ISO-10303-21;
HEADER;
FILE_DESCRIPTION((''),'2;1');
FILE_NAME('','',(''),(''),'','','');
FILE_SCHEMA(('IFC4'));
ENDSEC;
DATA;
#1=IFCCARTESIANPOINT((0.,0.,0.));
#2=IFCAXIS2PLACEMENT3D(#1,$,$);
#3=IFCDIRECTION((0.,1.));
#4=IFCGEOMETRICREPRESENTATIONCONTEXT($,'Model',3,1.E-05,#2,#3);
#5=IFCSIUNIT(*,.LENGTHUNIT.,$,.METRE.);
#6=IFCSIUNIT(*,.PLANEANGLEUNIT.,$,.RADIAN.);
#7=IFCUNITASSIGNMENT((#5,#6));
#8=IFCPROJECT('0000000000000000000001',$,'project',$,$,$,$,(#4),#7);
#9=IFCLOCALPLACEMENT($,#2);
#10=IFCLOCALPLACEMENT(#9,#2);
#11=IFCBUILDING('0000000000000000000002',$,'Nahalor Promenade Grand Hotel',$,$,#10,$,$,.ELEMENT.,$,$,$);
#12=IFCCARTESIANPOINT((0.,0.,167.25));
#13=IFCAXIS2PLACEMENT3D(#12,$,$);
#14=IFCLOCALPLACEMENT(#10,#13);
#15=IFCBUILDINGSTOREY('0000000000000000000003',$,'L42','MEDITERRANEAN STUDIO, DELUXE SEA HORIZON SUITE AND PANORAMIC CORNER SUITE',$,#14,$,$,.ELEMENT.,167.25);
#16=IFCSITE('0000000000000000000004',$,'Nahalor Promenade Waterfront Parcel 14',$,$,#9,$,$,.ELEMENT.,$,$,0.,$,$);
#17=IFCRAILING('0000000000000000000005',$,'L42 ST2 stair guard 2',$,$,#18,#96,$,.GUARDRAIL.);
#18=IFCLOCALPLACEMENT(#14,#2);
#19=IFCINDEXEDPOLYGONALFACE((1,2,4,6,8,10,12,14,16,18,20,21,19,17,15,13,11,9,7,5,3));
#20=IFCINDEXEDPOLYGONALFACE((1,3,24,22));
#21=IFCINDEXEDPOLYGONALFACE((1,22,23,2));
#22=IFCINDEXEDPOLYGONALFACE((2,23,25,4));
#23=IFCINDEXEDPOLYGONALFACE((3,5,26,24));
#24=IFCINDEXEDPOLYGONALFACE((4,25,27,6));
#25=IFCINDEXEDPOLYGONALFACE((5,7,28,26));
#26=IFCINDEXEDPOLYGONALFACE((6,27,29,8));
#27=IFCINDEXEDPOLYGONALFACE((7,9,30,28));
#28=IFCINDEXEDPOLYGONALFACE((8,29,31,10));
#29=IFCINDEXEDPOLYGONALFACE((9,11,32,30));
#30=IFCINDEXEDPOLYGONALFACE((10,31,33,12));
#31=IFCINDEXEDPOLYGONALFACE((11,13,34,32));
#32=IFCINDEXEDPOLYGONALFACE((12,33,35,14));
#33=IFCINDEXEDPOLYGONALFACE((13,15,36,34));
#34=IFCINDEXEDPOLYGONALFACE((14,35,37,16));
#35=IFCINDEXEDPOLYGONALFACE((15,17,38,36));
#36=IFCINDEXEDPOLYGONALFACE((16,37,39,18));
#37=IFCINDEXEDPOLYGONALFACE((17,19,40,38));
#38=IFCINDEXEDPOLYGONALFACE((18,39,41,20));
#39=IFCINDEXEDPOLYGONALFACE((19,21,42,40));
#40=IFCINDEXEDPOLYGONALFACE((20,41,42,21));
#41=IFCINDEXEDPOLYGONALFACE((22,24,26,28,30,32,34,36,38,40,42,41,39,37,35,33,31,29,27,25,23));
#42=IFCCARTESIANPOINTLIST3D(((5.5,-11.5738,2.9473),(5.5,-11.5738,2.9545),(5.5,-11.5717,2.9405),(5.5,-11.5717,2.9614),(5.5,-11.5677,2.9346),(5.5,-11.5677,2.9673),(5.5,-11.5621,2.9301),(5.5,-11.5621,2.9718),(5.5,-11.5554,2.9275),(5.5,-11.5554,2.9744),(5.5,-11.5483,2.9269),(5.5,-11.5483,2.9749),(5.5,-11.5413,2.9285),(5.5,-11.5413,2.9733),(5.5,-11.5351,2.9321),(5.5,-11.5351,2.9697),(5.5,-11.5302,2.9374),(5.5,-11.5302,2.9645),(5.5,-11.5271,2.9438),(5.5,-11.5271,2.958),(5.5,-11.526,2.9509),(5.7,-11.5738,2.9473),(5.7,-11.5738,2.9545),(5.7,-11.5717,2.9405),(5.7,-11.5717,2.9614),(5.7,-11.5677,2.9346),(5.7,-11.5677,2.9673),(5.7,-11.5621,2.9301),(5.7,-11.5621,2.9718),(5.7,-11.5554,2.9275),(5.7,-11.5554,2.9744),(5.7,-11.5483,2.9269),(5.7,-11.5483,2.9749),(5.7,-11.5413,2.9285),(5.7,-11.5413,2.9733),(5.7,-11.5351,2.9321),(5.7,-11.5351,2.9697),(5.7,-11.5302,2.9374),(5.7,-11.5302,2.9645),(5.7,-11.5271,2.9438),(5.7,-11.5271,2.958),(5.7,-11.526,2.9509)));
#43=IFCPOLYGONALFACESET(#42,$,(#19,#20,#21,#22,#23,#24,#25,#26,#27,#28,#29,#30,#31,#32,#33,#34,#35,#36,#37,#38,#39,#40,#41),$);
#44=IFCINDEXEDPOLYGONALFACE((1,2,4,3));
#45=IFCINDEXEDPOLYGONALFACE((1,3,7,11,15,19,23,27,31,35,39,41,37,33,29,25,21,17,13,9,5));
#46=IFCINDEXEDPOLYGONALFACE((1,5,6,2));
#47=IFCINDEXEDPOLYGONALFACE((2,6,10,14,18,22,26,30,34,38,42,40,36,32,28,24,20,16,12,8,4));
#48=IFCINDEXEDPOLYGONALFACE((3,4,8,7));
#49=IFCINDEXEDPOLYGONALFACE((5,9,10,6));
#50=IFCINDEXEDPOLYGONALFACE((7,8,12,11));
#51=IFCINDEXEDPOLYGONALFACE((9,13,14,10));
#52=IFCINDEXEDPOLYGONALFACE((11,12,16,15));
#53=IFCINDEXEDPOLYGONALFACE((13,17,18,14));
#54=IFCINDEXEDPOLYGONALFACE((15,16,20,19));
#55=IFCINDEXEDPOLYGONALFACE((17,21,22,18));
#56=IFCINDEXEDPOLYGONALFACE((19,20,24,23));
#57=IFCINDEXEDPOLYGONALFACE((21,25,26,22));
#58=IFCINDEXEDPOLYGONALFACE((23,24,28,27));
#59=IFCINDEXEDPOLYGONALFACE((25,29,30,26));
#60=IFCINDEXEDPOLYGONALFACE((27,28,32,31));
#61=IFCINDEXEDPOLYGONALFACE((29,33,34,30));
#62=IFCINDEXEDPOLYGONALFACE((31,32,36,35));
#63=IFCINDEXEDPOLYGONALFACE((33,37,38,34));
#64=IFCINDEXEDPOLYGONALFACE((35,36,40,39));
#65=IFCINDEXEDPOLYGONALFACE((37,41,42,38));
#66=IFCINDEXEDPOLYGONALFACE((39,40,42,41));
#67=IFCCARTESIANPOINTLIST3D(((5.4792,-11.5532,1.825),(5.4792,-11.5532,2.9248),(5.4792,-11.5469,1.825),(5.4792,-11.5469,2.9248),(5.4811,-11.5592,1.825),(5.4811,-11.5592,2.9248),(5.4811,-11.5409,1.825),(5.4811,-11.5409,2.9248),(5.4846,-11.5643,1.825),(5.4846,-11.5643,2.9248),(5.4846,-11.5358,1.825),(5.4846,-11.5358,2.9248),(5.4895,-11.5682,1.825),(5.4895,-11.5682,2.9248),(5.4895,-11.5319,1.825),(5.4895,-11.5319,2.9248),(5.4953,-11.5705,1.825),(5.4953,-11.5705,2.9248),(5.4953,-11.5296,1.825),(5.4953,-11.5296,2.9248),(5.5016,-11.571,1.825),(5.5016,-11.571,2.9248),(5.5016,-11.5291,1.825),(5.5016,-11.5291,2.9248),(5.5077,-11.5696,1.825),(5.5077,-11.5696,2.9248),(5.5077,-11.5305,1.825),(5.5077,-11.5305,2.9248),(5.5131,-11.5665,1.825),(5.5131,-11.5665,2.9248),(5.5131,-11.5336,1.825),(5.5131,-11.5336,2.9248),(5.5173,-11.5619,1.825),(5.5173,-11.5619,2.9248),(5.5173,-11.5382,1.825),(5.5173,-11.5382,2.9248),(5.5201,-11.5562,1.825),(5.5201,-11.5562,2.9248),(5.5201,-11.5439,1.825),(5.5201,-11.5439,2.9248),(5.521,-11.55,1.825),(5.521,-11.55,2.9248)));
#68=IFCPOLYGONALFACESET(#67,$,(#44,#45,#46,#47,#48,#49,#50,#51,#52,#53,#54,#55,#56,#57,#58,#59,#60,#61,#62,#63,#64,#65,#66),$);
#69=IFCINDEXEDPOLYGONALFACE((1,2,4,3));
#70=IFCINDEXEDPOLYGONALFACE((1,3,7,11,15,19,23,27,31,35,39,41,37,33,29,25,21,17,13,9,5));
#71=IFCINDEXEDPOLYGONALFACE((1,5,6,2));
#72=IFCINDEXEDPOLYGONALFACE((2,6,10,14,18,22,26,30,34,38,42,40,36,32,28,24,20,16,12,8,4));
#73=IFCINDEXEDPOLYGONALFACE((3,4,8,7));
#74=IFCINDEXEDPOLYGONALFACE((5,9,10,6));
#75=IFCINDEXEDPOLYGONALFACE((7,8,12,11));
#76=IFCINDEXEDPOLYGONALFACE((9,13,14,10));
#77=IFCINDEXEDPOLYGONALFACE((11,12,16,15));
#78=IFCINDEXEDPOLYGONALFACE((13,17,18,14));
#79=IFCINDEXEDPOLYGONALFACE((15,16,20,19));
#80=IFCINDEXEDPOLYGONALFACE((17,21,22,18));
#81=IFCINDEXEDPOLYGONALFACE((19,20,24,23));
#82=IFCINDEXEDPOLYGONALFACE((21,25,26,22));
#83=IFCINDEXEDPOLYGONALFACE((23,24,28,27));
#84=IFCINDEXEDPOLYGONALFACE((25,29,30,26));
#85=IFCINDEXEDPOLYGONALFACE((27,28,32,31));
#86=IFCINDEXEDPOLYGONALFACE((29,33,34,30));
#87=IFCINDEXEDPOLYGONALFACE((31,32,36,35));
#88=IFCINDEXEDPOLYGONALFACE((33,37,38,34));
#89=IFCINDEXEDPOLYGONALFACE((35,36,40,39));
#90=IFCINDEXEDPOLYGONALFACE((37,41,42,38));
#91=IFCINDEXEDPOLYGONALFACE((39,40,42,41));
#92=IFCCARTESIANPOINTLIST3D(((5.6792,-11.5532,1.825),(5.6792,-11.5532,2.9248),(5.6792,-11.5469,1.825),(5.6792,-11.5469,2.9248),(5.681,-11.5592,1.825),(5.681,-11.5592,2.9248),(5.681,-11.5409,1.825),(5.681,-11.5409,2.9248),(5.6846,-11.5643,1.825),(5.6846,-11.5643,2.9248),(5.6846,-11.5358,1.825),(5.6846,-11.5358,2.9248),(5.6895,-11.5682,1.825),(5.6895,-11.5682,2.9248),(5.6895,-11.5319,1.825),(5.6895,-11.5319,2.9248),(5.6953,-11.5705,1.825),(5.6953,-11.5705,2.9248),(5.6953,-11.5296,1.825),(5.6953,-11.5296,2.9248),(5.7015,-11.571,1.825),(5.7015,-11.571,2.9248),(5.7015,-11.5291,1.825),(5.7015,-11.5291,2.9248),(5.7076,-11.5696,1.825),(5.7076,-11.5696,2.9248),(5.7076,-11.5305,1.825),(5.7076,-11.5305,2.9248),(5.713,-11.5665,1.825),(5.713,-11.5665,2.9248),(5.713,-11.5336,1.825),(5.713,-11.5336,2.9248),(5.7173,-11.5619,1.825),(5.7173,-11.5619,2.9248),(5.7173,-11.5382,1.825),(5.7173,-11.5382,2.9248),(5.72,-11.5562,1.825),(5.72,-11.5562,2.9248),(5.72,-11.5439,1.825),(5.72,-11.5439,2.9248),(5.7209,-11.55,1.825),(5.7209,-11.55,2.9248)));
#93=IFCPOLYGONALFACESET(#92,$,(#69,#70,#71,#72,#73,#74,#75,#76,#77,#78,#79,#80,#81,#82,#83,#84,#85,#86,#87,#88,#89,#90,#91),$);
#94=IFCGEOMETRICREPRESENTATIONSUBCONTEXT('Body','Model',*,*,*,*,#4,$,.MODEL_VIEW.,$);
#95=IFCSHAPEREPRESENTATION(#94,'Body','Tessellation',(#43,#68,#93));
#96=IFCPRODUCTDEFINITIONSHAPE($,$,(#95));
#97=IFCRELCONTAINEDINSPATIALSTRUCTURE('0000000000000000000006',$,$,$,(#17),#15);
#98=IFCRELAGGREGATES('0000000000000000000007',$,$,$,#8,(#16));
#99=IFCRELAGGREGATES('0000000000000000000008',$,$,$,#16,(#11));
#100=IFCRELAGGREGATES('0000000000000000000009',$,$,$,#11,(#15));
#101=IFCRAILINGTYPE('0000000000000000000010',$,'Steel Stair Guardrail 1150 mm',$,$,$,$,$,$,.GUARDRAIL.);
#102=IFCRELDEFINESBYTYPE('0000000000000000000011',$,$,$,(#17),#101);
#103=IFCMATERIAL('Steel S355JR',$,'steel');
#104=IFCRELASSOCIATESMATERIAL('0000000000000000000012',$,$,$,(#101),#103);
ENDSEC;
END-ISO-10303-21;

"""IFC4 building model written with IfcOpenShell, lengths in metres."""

from ifc_helpers import new_model, si_unit, direction, frame, origin, origin_2d, place, context, subcontext, project, spatial, circle, extrude, material, type_object, element, save


model = new_model("IFC4")

# Units and contexts
model_context = context("Model", 3, precision=1e-05, world=origin(), true_north=direction((0.0, 1.0)))
body_context = subcontext(model_context, "Body", "Model", "MODEL_VIEW")
ifc_project = project(units=[si_unit("LENGTHUNIT", "METRE"), si_unit("PLANEANGLEUNIT", "RADIAN")], contexts=[model_context])

# Site, building, storey
site_placement = place(None, origin())
site = spatial("IfcSite", under=ifc_project, at=site_placement, Name="Nahalor Promenade Waterfront Parcel 14", CompositionType="ELEMENT", RefElevation=0.0)
building_placement = place(site_placement, origin())
building = spatial("IfcBuilding", under=site, at=building_placement, Name="Nahalor Promenade Grand Hotel", CompositionType="ELEMENT")
storey_placement = place(building_placement, frame((0.0, 0.0, 167.25)))
storey = spatial("IfcBuildingStorey", under=building, at=storey_placement, Name="L42", Description="MEDITERRANEAN STUDIO, DELUXE SEA HORIZON SUITE AND PANORAMIC CORNER SUITE", CompositionType="ELEMENT", Elevation=167.25)

# Shared definitions
ifc_material_1 = material(Name="Steel S355JR", Category="steel")

# Railing
railing_type_1 = type_object("IfcRailingType", Name="Steel Stair Guardrail 1150 mm", PredefinedType="GUARDRAIL", material=ifc_material_1)
railing_1_placement = place(storey_placement, frame((5.5, -11.55, 1.825)))
element("IfcRailing", 1, at=railing_1_placement, inside=storey, type_object=railing_type_1, Name="L42 ST2 stair guard 2", PredefinedType="GUARDRAIL", context=body_context, shape_type="SweptSolid", body=[
    extrude(circle(Radius=0.024, at=origin_2d()), frame((0.0, 0.0, 1.126), z_axis=(1.0, 0.0, 0.0), x_axis=(0.0, 1.0, 0.0)), (0.0, 0.0, 1.0), 0.2),
    extrude(circle(Radius=0.021, at=origin_2d()), origin(), (0.0, 0.0, 1.0), 1.0999),
    extrude(circle(Radius=0.021, at=origin_2d()), frame((0.2, 0.0, 0.0)), (0.0, 0.0, 1.0), 1.0999),
])

save(model, "model.ifc")
